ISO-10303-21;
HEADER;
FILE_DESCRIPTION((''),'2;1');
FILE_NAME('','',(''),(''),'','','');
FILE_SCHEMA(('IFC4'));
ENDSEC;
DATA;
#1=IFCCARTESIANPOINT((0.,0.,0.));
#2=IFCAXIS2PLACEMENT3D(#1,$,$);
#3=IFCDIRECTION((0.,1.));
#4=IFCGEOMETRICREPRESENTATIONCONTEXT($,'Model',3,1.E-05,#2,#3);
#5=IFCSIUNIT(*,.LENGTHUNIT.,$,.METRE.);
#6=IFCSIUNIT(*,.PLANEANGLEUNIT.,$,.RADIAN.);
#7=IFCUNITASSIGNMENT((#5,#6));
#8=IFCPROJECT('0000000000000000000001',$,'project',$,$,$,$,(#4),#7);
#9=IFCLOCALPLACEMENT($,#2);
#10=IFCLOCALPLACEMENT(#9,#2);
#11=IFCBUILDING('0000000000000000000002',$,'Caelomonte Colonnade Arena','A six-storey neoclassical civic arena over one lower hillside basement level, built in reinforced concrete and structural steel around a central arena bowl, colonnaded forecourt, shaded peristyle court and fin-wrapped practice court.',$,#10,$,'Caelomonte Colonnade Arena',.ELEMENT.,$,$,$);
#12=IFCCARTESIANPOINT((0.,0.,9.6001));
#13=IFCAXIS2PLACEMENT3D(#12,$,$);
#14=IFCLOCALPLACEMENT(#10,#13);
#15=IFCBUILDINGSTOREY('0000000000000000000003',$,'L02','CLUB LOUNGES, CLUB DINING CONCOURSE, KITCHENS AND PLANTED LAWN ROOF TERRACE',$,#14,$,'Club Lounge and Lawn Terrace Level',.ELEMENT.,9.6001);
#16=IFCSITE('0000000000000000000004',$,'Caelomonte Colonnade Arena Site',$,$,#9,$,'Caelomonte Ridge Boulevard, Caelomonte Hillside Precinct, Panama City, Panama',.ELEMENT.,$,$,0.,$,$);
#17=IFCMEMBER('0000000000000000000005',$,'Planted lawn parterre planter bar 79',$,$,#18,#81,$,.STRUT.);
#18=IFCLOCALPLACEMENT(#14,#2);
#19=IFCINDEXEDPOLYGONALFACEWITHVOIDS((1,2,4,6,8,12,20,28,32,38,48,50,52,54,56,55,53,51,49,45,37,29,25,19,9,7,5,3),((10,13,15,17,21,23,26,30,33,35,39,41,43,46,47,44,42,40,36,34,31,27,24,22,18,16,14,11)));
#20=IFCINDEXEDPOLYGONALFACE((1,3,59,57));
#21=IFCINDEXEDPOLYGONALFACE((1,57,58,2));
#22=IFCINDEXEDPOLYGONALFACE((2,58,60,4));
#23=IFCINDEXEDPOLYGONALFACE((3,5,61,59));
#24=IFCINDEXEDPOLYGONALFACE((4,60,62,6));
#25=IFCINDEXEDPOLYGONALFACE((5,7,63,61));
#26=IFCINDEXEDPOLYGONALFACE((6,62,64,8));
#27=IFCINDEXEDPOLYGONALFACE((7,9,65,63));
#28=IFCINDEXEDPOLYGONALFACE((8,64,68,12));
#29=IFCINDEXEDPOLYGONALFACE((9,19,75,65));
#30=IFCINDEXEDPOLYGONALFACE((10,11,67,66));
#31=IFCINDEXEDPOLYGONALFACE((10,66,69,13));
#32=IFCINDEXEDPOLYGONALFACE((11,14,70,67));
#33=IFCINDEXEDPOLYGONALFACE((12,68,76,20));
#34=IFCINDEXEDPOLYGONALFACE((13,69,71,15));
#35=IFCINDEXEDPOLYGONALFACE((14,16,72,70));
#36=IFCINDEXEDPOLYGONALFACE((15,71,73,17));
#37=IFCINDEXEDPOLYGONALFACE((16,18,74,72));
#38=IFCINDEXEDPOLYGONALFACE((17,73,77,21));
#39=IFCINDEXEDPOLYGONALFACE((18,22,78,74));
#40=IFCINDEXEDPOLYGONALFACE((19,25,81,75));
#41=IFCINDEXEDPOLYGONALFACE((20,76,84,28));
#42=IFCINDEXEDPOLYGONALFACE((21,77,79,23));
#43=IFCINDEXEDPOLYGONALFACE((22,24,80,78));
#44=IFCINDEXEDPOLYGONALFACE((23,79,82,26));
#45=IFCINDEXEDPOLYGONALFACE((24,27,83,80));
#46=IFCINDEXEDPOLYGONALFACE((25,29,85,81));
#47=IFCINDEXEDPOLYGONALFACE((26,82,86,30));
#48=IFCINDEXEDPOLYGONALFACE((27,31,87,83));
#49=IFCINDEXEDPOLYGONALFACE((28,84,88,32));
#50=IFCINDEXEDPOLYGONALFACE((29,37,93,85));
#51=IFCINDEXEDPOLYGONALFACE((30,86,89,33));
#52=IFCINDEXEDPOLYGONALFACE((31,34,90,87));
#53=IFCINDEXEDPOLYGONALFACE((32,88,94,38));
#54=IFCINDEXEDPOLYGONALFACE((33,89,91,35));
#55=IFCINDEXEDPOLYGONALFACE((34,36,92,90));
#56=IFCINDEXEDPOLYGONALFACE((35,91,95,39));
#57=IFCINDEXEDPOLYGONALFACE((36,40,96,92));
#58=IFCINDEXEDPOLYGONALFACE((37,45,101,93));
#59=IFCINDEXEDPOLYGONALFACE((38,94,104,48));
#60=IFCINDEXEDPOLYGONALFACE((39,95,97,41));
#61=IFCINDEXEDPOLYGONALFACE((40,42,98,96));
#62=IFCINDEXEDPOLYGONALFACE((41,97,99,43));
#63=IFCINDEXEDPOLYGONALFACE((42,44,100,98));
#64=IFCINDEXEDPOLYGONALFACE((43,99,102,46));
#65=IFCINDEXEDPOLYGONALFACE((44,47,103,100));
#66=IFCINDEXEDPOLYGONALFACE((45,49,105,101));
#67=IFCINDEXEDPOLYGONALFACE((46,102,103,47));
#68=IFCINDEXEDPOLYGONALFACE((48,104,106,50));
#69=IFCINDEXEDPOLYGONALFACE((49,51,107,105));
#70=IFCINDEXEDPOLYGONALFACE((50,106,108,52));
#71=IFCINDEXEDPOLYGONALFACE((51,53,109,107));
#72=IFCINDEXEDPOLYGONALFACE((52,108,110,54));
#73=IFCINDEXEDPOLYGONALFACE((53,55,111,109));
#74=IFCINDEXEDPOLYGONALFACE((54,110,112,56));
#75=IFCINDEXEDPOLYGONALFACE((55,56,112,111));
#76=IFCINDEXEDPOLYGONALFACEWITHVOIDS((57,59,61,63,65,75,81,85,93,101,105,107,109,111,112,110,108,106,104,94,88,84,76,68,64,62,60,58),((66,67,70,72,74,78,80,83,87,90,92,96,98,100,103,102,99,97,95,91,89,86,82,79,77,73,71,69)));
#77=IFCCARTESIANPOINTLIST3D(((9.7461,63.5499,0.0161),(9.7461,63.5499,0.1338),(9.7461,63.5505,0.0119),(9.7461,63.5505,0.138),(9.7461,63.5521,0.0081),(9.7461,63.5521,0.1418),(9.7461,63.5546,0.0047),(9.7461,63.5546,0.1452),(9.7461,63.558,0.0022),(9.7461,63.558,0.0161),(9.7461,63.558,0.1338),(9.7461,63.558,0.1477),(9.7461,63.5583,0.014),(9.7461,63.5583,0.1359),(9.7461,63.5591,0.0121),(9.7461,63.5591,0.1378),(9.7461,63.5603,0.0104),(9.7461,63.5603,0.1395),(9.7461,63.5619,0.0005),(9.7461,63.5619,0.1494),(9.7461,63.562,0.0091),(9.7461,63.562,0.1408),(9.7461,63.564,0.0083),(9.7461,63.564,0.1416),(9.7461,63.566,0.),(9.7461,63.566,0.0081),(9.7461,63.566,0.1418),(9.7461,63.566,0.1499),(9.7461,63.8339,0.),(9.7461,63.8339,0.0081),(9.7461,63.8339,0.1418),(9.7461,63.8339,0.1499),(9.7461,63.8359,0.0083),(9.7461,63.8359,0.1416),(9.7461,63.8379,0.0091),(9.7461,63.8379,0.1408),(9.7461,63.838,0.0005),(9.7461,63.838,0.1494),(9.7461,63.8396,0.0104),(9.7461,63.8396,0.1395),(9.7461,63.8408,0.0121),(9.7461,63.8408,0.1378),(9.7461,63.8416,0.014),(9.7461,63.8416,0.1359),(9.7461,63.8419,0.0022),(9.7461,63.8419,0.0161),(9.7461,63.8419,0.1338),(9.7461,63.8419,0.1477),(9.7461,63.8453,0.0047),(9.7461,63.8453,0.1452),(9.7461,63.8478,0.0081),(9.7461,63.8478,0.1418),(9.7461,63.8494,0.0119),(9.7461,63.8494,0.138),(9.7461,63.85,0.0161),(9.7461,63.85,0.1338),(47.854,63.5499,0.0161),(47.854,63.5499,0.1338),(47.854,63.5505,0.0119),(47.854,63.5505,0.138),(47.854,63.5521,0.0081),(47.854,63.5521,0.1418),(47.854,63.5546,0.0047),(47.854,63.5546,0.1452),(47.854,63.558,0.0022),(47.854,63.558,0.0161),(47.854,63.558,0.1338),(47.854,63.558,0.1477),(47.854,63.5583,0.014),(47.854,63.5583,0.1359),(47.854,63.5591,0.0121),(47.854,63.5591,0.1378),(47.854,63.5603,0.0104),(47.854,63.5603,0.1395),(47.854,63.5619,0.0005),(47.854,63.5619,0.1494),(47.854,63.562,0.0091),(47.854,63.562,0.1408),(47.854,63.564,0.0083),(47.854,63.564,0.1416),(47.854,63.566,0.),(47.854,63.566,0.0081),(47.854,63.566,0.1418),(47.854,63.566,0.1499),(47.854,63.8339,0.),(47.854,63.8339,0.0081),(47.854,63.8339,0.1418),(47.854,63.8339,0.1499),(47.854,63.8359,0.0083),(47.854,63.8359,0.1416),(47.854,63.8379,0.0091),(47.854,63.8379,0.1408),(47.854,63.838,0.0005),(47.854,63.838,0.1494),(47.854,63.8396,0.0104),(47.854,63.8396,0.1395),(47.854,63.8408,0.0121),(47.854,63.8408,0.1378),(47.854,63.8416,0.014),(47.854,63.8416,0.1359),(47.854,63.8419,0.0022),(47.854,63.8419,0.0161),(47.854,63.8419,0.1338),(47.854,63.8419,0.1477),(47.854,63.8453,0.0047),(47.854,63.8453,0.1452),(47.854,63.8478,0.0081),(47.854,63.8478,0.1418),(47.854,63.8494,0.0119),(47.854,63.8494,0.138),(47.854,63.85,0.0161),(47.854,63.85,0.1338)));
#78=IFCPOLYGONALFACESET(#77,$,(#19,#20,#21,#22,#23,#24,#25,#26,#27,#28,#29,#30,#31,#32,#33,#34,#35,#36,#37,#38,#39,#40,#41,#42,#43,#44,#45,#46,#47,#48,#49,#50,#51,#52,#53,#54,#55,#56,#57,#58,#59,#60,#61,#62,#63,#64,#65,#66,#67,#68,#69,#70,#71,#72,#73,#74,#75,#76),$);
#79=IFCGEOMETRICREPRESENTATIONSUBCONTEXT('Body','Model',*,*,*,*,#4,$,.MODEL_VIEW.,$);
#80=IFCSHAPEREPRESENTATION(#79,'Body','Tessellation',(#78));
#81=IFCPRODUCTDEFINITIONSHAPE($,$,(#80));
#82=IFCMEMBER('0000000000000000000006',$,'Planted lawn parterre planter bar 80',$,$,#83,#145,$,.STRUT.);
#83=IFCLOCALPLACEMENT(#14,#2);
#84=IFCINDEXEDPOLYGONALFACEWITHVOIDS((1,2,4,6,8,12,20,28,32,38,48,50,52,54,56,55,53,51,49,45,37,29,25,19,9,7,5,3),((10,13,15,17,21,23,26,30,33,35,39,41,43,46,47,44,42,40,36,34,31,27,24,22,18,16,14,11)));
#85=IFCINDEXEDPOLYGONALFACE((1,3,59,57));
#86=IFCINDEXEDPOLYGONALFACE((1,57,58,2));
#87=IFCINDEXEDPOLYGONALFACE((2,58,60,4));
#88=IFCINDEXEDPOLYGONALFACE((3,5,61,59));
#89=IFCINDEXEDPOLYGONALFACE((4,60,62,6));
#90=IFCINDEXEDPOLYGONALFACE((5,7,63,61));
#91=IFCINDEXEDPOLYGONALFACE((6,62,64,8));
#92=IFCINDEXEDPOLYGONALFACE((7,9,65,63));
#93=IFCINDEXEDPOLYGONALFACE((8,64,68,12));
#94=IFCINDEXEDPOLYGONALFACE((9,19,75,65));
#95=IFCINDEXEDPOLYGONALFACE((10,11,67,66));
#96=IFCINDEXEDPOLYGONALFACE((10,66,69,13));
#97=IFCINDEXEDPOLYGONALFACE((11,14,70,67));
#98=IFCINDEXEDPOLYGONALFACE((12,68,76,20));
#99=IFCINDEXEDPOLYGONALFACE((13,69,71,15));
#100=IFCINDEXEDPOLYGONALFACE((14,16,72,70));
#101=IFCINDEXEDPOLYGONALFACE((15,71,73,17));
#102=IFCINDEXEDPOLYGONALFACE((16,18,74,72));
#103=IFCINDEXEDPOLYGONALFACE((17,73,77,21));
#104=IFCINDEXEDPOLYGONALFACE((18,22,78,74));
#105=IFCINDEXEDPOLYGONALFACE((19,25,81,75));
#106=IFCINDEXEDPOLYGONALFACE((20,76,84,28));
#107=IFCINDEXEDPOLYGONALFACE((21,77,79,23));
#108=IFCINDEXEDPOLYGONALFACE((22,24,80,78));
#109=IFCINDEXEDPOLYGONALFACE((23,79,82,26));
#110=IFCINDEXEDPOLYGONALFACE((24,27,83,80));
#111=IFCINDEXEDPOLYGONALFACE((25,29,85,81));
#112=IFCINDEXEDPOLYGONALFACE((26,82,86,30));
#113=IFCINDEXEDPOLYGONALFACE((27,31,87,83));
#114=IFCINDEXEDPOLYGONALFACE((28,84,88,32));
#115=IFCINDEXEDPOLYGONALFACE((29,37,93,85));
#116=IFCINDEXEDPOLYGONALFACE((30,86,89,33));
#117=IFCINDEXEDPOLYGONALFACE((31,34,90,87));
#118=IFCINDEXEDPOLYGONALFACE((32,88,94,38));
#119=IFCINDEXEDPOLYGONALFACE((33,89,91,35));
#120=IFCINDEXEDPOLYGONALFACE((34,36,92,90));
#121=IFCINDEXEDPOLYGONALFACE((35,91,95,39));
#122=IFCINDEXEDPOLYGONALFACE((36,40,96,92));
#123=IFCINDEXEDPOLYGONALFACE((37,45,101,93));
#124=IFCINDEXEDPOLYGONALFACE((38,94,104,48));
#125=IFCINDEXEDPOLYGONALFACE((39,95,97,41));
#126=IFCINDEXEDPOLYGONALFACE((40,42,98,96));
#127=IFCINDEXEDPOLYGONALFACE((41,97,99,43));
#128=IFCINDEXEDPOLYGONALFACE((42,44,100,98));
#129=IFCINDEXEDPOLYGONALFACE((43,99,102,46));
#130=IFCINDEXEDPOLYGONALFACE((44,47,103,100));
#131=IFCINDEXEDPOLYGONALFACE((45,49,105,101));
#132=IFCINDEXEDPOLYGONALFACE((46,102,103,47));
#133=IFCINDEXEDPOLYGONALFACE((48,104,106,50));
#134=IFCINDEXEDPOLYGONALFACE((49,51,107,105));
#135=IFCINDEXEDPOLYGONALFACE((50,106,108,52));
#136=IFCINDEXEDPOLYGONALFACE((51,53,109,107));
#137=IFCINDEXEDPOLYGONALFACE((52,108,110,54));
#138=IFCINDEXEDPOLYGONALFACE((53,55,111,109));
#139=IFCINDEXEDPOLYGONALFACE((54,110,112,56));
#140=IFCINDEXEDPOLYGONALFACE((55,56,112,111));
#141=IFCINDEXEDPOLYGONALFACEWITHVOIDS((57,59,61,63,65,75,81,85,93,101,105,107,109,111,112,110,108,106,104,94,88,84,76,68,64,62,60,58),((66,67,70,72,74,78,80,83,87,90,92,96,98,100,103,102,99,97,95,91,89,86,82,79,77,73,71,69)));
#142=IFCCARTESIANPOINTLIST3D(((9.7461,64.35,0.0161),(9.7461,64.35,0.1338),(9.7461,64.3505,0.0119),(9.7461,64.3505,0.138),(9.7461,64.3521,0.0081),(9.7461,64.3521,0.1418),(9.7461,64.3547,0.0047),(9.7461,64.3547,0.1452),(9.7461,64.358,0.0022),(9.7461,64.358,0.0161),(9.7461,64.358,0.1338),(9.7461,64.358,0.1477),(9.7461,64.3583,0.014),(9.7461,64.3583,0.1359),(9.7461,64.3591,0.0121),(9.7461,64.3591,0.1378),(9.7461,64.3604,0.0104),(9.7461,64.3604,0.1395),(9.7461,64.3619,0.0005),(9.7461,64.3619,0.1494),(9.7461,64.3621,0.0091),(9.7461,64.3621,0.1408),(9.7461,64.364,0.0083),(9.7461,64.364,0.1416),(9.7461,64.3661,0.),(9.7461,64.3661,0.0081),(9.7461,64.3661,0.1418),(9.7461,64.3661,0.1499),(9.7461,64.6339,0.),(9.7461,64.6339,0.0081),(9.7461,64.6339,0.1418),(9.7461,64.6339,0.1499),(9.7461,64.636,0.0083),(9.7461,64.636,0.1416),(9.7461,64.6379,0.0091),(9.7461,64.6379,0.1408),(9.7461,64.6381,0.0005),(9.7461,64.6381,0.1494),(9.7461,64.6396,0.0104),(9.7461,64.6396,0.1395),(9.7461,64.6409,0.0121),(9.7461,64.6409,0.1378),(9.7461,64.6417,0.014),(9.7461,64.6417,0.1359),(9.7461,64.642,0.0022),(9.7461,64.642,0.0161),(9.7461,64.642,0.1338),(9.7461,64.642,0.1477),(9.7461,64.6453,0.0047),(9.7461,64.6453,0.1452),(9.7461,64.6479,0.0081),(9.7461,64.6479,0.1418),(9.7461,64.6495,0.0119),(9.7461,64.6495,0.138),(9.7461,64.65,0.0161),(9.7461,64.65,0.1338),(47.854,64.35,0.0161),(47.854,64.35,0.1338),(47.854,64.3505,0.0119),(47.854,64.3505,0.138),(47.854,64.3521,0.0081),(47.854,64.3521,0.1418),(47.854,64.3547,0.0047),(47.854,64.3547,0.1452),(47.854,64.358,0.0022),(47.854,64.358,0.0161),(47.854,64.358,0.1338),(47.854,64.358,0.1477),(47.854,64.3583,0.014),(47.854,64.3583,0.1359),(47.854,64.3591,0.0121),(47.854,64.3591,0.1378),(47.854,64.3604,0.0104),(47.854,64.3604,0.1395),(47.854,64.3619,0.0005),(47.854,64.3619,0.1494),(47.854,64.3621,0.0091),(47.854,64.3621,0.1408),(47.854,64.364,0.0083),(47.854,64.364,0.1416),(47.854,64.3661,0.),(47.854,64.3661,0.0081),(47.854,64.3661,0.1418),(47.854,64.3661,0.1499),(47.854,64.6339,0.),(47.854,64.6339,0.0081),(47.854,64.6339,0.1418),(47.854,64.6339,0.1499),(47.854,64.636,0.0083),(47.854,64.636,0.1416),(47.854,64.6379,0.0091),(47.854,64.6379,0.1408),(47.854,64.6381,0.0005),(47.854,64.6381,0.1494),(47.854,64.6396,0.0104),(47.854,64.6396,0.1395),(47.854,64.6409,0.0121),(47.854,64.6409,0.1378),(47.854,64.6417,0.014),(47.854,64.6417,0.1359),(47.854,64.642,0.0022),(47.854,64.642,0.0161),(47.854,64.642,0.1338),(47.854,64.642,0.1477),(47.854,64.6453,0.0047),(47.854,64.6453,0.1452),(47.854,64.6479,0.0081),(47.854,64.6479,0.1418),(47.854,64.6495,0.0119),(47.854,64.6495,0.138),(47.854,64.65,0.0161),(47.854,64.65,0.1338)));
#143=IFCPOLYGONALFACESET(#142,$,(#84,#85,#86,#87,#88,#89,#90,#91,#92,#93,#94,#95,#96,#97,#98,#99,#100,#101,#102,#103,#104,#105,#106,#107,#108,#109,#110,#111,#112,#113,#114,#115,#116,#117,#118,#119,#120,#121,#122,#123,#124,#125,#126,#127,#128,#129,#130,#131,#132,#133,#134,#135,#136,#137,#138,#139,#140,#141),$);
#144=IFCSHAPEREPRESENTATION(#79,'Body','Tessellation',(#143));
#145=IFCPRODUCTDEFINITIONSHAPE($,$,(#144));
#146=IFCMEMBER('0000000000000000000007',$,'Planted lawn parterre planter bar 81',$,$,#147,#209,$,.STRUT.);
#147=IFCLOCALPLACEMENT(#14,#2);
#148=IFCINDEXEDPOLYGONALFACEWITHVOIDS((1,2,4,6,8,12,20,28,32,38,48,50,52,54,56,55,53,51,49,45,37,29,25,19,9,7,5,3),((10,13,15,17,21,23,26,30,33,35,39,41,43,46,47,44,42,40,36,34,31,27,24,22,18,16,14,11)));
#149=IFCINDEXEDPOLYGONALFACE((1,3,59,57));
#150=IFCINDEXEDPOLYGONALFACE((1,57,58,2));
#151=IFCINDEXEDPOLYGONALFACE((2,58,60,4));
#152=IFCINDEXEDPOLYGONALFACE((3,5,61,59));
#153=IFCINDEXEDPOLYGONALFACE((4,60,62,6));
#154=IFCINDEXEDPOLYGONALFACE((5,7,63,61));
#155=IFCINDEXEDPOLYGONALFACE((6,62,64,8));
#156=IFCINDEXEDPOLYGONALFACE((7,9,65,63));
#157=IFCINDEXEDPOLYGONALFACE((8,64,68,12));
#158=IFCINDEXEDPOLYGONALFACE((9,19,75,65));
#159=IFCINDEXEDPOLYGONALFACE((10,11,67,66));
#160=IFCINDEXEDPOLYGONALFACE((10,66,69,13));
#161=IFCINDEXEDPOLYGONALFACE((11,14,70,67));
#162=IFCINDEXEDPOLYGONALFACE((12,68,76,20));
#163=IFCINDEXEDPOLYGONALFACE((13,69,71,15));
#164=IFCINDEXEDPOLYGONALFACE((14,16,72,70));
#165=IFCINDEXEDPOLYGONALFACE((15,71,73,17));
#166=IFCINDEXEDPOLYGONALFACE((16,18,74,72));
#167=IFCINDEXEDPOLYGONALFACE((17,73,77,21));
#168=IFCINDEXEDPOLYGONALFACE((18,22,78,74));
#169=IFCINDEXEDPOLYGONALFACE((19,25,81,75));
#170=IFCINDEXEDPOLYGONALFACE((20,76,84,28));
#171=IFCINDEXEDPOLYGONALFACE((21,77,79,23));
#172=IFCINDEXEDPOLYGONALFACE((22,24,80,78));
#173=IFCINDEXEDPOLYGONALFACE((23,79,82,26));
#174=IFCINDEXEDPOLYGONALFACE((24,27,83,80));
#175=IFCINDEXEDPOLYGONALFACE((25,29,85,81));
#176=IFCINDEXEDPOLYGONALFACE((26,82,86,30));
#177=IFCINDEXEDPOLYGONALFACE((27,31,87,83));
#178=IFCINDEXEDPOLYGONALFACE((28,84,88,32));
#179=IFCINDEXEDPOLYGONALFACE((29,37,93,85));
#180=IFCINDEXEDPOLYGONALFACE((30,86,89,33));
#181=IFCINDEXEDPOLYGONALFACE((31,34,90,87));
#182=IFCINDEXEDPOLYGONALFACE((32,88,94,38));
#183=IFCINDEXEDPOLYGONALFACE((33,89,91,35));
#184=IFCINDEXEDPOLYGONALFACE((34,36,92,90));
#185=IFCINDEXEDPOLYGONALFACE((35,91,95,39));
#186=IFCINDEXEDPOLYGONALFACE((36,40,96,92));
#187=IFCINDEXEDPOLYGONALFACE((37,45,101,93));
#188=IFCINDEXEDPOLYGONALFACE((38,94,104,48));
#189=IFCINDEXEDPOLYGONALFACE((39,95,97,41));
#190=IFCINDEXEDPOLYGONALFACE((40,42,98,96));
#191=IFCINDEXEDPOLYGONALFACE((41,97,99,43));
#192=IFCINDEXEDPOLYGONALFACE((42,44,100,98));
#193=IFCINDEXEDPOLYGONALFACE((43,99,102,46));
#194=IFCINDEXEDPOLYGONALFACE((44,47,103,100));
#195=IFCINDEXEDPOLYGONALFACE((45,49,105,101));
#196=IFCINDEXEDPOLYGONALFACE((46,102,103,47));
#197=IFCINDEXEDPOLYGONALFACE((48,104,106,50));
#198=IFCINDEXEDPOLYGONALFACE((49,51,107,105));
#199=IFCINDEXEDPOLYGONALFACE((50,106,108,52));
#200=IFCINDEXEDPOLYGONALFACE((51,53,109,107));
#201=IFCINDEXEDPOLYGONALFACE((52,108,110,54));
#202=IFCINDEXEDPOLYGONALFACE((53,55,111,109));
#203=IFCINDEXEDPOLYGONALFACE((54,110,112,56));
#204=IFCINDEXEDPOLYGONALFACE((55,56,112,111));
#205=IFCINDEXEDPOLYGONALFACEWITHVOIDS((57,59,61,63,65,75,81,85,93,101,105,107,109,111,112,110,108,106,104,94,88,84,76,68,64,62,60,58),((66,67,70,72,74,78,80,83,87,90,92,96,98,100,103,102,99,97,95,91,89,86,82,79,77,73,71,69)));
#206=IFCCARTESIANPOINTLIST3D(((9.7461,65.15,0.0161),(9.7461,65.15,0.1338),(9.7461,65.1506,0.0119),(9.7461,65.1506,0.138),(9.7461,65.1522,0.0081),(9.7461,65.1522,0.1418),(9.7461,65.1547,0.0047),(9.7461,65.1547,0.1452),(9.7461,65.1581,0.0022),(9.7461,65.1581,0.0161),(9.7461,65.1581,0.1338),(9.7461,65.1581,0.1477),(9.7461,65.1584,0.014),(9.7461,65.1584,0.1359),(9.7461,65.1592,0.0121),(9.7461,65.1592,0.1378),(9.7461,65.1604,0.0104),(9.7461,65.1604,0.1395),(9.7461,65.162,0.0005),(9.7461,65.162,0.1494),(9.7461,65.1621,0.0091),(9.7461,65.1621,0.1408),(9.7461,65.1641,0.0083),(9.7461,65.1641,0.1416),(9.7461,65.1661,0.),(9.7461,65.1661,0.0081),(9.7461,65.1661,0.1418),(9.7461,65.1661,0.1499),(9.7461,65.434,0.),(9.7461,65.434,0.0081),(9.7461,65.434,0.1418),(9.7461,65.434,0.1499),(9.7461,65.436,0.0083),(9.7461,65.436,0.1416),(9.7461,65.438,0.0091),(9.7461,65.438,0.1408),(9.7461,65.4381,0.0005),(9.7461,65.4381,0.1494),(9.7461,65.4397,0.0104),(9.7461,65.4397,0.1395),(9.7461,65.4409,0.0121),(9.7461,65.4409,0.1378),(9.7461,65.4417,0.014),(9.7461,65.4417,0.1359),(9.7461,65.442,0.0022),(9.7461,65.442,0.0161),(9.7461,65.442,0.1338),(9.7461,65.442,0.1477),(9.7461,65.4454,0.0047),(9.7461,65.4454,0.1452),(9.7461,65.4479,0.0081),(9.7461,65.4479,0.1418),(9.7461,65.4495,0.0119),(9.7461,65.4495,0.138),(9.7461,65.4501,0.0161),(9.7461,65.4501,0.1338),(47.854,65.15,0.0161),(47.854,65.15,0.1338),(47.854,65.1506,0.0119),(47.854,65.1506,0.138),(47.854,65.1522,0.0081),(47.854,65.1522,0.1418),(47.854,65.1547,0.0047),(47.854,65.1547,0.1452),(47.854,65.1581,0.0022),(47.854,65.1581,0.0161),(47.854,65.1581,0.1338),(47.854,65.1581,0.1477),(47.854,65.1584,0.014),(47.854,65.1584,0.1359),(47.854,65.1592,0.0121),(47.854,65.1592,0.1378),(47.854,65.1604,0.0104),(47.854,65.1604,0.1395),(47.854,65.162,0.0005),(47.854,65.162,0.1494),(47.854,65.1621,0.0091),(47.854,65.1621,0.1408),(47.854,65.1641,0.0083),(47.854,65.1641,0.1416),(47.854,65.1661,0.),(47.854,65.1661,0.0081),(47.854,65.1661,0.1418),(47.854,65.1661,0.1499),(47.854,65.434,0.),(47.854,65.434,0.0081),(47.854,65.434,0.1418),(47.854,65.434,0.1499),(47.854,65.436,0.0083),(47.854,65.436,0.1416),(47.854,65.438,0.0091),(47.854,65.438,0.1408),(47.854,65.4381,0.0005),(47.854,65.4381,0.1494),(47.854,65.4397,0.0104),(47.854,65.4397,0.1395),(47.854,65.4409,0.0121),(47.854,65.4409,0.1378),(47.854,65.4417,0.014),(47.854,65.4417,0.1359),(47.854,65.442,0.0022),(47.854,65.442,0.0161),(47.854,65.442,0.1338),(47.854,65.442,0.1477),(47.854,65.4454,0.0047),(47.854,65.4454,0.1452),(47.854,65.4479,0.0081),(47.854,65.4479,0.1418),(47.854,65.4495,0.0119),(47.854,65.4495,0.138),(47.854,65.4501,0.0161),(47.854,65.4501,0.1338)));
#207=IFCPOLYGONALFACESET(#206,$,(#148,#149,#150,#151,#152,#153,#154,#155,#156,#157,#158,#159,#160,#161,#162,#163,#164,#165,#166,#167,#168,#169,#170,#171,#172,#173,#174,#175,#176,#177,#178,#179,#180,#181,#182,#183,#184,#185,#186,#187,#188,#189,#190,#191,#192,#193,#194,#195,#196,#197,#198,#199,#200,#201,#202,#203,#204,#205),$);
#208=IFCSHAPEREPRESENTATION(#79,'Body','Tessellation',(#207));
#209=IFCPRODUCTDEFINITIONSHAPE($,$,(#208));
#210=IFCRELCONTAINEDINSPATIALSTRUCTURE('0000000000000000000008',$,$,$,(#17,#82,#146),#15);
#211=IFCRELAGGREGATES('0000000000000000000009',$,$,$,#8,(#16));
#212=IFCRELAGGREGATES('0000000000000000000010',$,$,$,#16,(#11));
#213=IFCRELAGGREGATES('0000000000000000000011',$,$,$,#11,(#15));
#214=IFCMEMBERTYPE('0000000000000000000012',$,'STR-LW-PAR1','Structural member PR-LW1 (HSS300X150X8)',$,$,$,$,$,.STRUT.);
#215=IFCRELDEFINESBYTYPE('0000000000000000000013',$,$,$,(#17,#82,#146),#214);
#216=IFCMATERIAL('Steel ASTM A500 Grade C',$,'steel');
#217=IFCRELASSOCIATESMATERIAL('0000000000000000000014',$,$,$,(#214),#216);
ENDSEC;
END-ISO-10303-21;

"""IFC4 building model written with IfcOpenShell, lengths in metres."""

from ifc_helpers import new_model, si_unit, direction, frame, origin, origin_2d, place, context, subcontext, project, spatial, hollow_rectangle, extrude, material, material_profile, profile_set, type_object, element, save


model = new_model("IFC4")

# Units and contexts
model_context = context("Model", 3, precision=1e-05, world=origin(), true_north=direction((0.0, 1.0)))
body_context = subcontext(model_context, "Body", "Model", "MODEL_VIEW")
ifc_project = project(units=[si_unit("LENGTHUNIT", "METRE"), si_unit("PLANEANGLEUNIT", "RADIAN")], contexts=[model_context])

# Site, building, storey
site_placement = place(None, origin())
site = spatial("IfcSite", under=ifc_project, at=site_placement, Name="Caelomonte Colonnade Arena Site", LongName="Caelomonte Ridge Boulevard, Caelomonte Hillside Precinct, Panama City, Panama", CompositionType="ELEMENT", RefElevation=0.0)
building_placement = place(site_placement, origin())
building = spatial("IfcBuilding", under=site, at=building_placement, Name="Caelomonte Colonnade Arena", Description="A six-storey neoclassical civic arena over one lower hillside basement level, built in reinforced concrete and structural steel around a central arena bowl, colonnaded forecourt, shaded peristyle court and fin-wrapped practice court.", LongName="Caelomonte Colonnade Arena", CompositionType="ELEMENT")
storey_placement = place(building_placement, frame((0.0, 0.0, 9.6001)))
storey = spatial("IfcBuildingStorey", under=building, at=storey_placement, Name="L02", Description="CLUB LOUNGES, CLUB DINING CONCOURSE, KITCHENS AND PLANTED LAWN ROOF TERRACE", LongName="Club Lounge and Lawn Terrace Level", CompositionType="ELEMENT", Elevation=9.6001)

# Members
ifc_material_1 = material(Name="Steel ASTM A500 Grade C", Category="steel")
ifc_material_profile_1 = material_profile(ifc_material_1, hollow_rectangle(XDim=0.3, YDim=0.1499, WallThickness=0.0081, InnerFilletRadius=0.0081, OuterFilletRadius=0.0161, at=origin_2d()), Name="HSS300X150X8")
ifc_profile_set_1 = profile_set([ifc_material_profile_1], Name="Steel ASTM A500 Grade C")
member_type = type_object("IfcMemberType", Name="STR-LW-PAR1", Description="Structural member PR-LW1 (HSS300X150X8)", PredefinedType="STRUT", material=ifc_profile_set_1)
for number, where, z_axis, x_axis, name in (
    (1, (9.7461, 63.7, 0.075), (1.0, 0.0, 0.0), (0.0, 1.0, 0.0), "Planted lawn parterre planter bar 79"),
    (2, (9.7461, 64.5, 0.075), (1.0, 0.0, 0.0), (0.0, 1.0, 0.0), "Planted lawn parterre planter bar 80"),
    (3, (9.7461, 65.3, 0.075), (1.0, 0.0, 0.0), (0.0, 1.0, 0.0), "Planted lawn parterre planter bar 81"),
):
    element("IfcMember", number, at=place(storey_placement, frame(where, z_axis=z_axis, x_axis=x_axis)), inside=storey, type_object=member_type, Name=name, PredefinedType="STRUT", context=body_context, shape_type="SweptSolid", body=[
        extrude(hollow_rectangle(XDim=0.3, YDim=0.1499, WallThickness=0.0081, InnerFilletRadius=0.0081, OuterFilletRadius=0.0161, at=origin_2d()), origin(), (0.0, 0.0, 1.0), 38.1079),
    ])

save(model, "model.ifc")
